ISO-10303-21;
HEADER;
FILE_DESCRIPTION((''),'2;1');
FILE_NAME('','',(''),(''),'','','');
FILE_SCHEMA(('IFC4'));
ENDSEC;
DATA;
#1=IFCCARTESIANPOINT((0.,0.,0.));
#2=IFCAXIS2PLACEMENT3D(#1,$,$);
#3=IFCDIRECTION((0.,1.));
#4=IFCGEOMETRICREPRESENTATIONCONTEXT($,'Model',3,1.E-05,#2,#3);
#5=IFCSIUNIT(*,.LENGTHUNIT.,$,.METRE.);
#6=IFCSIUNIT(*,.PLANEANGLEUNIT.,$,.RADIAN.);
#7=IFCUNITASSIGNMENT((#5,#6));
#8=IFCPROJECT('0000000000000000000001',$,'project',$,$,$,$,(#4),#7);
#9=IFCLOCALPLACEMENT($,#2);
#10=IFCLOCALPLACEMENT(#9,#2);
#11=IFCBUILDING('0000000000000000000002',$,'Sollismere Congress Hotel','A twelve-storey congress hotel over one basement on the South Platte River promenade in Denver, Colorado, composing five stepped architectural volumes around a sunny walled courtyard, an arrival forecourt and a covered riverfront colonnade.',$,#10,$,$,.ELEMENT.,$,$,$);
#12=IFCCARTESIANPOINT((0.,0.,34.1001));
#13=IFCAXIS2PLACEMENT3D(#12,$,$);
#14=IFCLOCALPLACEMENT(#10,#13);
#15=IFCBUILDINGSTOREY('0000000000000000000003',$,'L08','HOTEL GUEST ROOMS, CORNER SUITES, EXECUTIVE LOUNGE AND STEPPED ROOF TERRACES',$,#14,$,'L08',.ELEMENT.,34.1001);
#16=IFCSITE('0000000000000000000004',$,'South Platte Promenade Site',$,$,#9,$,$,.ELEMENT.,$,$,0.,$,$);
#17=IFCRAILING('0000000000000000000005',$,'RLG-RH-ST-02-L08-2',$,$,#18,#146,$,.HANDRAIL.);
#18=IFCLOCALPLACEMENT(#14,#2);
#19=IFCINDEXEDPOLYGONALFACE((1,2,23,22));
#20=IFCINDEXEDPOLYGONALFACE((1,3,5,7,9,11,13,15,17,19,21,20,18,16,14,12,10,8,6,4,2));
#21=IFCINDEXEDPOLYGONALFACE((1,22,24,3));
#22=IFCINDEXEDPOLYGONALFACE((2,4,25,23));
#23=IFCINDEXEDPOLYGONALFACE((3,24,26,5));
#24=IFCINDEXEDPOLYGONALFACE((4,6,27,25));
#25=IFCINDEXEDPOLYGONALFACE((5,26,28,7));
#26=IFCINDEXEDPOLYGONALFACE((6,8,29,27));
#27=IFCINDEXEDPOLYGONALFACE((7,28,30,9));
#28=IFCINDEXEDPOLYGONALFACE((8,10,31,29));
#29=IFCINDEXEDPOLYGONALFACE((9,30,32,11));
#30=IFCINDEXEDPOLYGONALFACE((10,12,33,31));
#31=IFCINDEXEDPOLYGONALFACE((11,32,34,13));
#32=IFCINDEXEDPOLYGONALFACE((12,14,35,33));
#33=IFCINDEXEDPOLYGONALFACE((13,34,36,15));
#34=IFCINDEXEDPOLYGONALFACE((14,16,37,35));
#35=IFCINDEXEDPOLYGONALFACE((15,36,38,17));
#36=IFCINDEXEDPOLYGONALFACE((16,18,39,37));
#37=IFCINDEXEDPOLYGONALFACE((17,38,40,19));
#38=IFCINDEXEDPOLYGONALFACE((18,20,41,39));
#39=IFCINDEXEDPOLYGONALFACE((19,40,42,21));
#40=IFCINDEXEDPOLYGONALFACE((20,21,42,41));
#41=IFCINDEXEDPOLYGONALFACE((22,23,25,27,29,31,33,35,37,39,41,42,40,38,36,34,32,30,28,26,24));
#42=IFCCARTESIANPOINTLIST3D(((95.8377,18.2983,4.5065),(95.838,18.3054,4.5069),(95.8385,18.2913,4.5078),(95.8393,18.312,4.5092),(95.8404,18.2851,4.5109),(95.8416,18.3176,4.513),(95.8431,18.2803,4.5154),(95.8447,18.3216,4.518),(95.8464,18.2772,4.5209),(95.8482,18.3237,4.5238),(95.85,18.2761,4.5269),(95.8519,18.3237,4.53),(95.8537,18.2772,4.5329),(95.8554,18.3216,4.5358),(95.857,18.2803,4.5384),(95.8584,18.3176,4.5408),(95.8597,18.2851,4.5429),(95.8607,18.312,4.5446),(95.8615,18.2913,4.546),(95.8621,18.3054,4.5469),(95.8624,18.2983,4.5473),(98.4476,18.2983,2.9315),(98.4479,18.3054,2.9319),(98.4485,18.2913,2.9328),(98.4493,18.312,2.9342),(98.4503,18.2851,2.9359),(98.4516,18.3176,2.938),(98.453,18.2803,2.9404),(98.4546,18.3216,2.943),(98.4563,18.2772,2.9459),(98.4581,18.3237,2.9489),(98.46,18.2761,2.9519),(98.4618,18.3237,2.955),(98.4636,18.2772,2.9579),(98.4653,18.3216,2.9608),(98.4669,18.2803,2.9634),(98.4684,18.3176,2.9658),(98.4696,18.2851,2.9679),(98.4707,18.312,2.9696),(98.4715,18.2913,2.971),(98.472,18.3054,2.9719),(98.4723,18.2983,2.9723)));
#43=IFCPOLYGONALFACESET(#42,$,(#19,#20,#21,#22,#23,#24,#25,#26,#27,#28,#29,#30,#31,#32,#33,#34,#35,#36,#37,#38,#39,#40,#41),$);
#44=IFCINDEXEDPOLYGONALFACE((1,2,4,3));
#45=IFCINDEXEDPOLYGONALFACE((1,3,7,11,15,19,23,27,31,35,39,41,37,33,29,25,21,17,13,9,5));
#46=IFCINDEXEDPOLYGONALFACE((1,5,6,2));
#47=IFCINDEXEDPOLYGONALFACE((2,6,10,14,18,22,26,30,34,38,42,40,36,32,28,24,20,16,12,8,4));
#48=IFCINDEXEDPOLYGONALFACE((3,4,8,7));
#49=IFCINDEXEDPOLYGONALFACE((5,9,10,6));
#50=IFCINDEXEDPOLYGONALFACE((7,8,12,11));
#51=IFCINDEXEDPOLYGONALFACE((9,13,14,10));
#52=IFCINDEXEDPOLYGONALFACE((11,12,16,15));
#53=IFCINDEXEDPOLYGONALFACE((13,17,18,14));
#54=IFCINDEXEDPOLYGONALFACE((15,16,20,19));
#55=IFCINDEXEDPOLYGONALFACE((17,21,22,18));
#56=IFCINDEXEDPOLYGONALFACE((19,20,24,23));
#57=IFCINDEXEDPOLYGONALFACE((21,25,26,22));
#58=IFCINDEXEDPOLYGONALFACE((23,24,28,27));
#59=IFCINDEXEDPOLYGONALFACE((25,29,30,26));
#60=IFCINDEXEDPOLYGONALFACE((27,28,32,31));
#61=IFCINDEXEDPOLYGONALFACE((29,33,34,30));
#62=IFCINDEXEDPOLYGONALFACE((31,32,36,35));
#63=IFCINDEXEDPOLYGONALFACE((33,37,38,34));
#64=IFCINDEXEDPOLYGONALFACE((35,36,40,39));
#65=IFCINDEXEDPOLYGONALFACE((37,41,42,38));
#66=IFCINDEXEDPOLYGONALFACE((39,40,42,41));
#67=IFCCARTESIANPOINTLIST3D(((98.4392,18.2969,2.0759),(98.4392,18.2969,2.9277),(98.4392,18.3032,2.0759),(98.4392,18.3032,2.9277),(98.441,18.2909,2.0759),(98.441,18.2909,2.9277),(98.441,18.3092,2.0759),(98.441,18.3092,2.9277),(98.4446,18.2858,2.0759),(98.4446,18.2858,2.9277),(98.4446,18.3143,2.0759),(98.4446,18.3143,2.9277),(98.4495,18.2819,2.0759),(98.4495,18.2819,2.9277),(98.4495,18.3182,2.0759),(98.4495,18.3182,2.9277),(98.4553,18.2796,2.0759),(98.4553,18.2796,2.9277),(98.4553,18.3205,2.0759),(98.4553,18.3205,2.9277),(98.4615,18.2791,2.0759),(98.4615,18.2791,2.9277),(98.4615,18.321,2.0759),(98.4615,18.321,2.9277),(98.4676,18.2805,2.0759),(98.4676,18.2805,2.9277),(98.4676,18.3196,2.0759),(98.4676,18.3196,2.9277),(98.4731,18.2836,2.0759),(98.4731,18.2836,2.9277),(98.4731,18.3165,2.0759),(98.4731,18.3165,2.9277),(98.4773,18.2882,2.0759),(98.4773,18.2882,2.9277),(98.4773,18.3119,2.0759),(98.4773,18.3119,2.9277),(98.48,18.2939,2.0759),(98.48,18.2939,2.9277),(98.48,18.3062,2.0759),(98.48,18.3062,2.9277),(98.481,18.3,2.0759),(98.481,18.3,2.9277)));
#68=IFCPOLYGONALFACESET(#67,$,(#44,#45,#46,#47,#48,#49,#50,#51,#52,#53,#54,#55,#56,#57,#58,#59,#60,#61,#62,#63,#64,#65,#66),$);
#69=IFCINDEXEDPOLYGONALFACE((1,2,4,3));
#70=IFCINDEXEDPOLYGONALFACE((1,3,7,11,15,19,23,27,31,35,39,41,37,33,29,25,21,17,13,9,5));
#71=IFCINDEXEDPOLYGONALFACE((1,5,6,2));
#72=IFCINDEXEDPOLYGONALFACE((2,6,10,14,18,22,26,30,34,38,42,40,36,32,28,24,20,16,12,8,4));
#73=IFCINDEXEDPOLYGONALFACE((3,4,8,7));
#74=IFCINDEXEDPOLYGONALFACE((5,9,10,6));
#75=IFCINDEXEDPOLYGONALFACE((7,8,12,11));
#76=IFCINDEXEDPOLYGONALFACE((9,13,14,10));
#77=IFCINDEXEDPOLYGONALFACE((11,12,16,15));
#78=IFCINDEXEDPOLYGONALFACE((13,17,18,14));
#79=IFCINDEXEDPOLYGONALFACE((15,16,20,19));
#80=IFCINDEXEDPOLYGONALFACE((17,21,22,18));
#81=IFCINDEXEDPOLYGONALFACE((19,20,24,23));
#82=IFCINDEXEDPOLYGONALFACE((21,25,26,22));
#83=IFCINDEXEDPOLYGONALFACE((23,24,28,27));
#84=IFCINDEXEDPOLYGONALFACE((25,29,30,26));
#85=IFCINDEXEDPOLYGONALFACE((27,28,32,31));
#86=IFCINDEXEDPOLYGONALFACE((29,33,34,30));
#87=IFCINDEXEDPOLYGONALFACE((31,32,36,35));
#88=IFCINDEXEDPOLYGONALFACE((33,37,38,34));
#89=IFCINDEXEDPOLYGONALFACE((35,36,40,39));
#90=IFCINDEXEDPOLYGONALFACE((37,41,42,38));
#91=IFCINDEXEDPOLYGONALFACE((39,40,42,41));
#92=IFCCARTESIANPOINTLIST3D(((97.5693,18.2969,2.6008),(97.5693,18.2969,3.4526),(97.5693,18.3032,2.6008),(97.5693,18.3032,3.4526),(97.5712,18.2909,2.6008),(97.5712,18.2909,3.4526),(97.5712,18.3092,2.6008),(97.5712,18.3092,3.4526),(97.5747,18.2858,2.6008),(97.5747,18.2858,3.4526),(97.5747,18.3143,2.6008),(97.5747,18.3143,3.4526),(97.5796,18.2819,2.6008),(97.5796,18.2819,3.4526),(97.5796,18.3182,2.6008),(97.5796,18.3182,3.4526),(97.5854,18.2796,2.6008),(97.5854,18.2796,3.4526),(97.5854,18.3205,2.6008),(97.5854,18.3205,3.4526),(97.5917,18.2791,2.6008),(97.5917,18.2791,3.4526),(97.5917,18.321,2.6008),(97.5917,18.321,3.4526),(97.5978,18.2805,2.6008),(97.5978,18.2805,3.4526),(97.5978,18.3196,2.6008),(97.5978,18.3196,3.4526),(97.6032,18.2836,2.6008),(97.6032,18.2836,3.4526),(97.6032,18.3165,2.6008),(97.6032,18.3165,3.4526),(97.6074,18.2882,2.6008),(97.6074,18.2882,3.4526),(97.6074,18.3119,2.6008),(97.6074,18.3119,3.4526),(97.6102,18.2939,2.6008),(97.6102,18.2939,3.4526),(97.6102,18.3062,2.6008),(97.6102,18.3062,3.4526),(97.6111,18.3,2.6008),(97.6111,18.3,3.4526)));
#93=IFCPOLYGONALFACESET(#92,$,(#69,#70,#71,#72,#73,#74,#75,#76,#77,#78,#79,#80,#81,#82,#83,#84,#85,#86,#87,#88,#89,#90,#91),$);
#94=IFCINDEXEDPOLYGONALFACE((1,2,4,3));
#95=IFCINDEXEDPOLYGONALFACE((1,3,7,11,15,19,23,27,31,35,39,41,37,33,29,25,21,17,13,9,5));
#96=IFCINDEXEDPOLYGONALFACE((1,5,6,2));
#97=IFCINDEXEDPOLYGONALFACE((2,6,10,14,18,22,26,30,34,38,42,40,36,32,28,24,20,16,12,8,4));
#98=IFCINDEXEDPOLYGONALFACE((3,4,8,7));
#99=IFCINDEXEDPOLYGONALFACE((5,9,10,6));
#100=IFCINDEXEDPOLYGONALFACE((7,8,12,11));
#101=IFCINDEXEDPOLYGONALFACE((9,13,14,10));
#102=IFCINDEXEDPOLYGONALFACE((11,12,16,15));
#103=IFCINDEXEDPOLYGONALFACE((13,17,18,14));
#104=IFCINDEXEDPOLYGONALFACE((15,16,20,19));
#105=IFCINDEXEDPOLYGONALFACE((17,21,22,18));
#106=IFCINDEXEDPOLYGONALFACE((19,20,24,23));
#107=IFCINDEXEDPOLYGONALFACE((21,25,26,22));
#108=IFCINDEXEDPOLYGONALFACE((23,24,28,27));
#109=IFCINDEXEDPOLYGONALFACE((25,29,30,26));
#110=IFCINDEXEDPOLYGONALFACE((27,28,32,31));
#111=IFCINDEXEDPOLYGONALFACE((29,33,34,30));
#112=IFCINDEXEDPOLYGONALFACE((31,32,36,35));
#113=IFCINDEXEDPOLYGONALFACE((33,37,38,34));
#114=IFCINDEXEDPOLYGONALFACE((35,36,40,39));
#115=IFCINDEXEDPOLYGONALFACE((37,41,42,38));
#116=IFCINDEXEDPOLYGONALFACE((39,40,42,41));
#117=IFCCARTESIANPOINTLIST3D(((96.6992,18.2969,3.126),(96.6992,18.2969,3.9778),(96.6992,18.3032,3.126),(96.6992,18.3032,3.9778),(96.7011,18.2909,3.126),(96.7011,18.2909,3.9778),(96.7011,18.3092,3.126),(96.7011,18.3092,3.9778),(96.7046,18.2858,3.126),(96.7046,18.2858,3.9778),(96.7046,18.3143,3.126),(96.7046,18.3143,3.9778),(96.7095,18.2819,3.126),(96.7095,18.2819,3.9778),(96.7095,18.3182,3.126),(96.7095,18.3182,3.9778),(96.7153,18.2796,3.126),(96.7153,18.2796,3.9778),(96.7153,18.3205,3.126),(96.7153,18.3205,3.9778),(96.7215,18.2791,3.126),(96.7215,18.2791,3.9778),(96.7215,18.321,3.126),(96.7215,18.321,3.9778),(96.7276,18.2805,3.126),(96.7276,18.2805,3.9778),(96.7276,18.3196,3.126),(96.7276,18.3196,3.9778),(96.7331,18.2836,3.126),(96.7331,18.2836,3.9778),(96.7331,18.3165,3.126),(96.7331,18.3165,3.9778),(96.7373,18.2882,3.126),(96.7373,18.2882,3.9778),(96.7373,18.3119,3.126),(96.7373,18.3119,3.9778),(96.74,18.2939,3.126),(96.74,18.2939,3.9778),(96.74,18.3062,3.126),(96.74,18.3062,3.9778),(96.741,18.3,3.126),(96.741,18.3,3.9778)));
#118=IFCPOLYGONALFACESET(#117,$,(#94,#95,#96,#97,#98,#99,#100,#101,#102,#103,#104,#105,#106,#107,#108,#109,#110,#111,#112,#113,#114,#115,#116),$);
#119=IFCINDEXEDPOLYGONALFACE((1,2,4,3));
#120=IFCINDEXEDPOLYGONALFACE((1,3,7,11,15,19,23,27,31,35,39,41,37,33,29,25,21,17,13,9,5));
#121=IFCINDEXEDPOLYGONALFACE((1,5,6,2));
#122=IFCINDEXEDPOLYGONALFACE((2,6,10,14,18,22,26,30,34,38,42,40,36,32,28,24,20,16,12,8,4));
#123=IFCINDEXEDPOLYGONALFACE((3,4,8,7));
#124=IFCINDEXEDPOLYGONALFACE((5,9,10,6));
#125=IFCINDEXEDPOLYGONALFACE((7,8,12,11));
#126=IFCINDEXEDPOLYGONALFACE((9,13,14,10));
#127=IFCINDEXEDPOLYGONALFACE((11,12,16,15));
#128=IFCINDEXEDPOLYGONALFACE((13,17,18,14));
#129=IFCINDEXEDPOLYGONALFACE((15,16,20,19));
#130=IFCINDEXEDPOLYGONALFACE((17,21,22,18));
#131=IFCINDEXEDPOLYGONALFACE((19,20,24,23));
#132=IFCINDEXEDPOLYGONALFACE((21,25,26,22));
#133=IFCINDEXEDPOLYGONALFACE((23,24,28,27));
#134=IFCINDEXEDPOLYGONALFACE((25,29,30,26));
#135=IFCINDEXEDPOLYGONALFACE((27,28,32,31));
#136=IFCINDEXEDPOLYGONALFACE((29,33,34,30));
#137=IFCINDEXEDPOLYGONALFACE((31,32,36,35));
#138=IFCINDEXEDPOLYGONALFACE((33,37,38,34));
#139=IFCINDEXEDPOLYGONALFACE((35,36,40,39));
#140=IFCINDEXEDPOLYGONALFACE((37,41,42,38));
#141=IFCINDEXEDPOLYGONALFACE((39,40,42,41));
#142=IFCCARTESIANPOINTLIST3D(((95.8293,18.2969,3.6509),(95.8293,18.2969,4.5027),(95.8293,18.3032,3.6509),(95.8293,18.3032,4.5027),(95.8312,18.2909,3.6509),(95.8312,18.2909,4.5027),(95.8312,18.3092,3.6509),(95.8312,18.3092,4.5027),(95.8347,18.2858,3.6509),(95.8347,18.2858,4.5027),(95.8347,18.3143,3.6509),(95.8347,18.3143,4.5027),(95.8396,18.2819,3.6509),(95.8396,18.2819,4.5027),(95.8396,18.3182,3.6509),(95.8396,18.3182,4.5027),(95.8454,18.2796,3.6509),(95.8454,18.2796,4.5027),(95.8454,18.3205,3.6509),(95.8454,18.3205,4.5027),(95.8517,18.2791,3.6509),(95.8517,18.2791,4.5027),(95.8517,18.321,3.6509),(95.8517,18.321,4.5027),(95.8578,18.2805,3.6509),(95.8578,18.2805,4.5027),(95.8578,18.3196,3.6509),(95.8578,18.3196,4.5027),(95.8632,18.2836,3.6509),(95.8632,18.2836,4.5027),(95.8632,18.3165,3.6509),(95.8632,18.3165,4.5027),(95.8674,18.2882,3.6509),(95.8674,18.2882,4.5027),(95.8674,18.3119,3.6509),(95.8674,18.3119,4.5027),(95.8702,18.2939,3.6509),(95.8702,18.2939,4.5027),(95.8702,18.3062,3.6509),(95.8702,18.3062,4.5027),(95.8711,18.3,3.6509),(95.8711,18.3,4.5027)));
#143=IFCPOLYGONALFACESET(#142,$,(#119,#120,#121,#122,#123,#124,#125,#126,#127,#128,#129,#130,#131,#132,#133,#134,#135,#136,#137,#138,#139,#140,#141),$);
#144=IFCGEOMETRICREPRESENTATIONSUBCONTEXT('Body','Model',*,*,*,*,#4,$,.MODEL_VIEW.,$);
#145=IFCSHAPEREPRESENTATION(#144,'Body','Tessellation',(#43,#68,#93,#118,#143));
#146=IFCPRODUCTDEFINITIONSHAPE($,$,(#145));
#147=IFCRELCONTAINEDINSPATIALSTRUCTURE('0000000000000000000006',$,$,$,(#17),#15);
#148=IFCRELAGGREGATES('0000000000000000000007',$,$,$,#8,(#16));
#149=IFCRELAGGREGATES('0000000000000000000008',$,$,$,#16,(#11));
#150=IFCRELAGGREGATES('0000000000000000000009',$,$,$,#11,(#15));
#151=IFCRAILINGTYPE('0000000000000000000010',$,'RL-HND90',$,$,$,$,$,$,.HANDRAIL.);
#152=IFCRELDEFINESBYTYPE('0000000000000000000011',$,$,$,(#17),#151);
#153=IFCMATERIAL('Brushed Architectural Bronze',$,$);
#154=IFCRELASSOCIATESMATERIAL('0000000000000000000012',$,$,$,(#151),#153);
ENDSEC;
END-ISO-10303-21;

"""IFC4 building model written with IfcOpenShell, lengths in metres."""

from ifc_helpers import new_model, si_unit, direction, frame, origin, origin_2d, place, context, subcontext, project, spatial, circle, extrude, material, type_object, element, save


model = new_model("IFC4")

# Units and contexts
model_context = context("Model", 3, precision=1e-05, world=origin(), true_north=direction((0.0, 1.0)))
body_context = subcontext(model_context, "Body", "Model", "MODEL_VIEW")
ifc_project = project(units=[si_unit("LENGTHUNIT", "METRE"), si_unit("PLANEANGLEUNIT", "RADIAN")], contexts=[model_context])

# Site, building, storey
site_placement = place(None, origin())
site = spatial("IfcSite", under=ifc_project, at=site_placement, Name="South Platte Promenade Site", CompositionType="ELEMENT", RefElevation=0.0)
building_placement = place(site_placement, origin())
building = spatial("IfcBuilding", under=site, at=building_placement, Name="Sollismere Congress Hotel", Description="A twelve-storey congress hotel over one basement on the South Platte River promenade in Denver, Colorado, composing five stepped architectural volumes around a sunny walled courtyard, an arrival forecourt and a covered riverfront colonnade.", CompositionType="ELEMENT")
storey_placement = place(building_placement, frame((0.0, 0.0, 34.1001)))
storey = spatial("IfcBuildingStorey", under=building, at=storey_placement, Name="L08", Description="HOTEL GUEST ROOMS, CORNER SUITES, EXECUTIVE LOUNGE AND STEPPED ROOF TERRACES", LongName="L08", CompositionType="ELEMENT", Elevation=34.1001)

# Railing
ifc_material_1 = material(Name="Brushed Architectural Bronze")
railing_type_1 = type_object("IfcRailingType", Name="RL-HND90", PredefinedType="HANDRAIL", material=ifc_material_1)
railing_1_placement = place(storey_placement, frame((98.46, 18.3, 2.0759)))
element("IfcRailing", 1, at=railing_1_placement, inside=storey, type_object=railing_type_1, Name="RLG-RH-ST-02-L08-2", PredefinedType="HANDRAIL", context=body_context, shape_type="SweptSolid", body=[
    extrude(circle(Radius=0.0239, at=origin_2d()), frame((0.0, 0.0, 0.876), z_axis=(-0.856183, 0.0, 0.516673), x_axis=(0.0, -1.0, 0.0)), (0.0, 0.0, 1.0), 3.0483),
    extrude(circle(Radius=0.021, at=origin_2d()), origin(), (0.0, 0.0, 1.0), 0.8518),
    extrude(circle(Radius=0.021, at=origin_2d()), frame((-0.8699, 0.0, 0.5249)), (0.0, 0.0, 1.0), 0.8518),
    extrude(circle(Radius=0.021, at=origin_2d()), frame((-1.74, 0.0, 1.05)), (0.0, 0.0, 1.0), 0.8518),
    extrude(circle(Radius=0.021, at=origin_2d()), frame((-2.6099, 0.0, 1.575)), (0.0, 0.0, 1.0), 0.8518),
])

save(model, "model.ifc")
